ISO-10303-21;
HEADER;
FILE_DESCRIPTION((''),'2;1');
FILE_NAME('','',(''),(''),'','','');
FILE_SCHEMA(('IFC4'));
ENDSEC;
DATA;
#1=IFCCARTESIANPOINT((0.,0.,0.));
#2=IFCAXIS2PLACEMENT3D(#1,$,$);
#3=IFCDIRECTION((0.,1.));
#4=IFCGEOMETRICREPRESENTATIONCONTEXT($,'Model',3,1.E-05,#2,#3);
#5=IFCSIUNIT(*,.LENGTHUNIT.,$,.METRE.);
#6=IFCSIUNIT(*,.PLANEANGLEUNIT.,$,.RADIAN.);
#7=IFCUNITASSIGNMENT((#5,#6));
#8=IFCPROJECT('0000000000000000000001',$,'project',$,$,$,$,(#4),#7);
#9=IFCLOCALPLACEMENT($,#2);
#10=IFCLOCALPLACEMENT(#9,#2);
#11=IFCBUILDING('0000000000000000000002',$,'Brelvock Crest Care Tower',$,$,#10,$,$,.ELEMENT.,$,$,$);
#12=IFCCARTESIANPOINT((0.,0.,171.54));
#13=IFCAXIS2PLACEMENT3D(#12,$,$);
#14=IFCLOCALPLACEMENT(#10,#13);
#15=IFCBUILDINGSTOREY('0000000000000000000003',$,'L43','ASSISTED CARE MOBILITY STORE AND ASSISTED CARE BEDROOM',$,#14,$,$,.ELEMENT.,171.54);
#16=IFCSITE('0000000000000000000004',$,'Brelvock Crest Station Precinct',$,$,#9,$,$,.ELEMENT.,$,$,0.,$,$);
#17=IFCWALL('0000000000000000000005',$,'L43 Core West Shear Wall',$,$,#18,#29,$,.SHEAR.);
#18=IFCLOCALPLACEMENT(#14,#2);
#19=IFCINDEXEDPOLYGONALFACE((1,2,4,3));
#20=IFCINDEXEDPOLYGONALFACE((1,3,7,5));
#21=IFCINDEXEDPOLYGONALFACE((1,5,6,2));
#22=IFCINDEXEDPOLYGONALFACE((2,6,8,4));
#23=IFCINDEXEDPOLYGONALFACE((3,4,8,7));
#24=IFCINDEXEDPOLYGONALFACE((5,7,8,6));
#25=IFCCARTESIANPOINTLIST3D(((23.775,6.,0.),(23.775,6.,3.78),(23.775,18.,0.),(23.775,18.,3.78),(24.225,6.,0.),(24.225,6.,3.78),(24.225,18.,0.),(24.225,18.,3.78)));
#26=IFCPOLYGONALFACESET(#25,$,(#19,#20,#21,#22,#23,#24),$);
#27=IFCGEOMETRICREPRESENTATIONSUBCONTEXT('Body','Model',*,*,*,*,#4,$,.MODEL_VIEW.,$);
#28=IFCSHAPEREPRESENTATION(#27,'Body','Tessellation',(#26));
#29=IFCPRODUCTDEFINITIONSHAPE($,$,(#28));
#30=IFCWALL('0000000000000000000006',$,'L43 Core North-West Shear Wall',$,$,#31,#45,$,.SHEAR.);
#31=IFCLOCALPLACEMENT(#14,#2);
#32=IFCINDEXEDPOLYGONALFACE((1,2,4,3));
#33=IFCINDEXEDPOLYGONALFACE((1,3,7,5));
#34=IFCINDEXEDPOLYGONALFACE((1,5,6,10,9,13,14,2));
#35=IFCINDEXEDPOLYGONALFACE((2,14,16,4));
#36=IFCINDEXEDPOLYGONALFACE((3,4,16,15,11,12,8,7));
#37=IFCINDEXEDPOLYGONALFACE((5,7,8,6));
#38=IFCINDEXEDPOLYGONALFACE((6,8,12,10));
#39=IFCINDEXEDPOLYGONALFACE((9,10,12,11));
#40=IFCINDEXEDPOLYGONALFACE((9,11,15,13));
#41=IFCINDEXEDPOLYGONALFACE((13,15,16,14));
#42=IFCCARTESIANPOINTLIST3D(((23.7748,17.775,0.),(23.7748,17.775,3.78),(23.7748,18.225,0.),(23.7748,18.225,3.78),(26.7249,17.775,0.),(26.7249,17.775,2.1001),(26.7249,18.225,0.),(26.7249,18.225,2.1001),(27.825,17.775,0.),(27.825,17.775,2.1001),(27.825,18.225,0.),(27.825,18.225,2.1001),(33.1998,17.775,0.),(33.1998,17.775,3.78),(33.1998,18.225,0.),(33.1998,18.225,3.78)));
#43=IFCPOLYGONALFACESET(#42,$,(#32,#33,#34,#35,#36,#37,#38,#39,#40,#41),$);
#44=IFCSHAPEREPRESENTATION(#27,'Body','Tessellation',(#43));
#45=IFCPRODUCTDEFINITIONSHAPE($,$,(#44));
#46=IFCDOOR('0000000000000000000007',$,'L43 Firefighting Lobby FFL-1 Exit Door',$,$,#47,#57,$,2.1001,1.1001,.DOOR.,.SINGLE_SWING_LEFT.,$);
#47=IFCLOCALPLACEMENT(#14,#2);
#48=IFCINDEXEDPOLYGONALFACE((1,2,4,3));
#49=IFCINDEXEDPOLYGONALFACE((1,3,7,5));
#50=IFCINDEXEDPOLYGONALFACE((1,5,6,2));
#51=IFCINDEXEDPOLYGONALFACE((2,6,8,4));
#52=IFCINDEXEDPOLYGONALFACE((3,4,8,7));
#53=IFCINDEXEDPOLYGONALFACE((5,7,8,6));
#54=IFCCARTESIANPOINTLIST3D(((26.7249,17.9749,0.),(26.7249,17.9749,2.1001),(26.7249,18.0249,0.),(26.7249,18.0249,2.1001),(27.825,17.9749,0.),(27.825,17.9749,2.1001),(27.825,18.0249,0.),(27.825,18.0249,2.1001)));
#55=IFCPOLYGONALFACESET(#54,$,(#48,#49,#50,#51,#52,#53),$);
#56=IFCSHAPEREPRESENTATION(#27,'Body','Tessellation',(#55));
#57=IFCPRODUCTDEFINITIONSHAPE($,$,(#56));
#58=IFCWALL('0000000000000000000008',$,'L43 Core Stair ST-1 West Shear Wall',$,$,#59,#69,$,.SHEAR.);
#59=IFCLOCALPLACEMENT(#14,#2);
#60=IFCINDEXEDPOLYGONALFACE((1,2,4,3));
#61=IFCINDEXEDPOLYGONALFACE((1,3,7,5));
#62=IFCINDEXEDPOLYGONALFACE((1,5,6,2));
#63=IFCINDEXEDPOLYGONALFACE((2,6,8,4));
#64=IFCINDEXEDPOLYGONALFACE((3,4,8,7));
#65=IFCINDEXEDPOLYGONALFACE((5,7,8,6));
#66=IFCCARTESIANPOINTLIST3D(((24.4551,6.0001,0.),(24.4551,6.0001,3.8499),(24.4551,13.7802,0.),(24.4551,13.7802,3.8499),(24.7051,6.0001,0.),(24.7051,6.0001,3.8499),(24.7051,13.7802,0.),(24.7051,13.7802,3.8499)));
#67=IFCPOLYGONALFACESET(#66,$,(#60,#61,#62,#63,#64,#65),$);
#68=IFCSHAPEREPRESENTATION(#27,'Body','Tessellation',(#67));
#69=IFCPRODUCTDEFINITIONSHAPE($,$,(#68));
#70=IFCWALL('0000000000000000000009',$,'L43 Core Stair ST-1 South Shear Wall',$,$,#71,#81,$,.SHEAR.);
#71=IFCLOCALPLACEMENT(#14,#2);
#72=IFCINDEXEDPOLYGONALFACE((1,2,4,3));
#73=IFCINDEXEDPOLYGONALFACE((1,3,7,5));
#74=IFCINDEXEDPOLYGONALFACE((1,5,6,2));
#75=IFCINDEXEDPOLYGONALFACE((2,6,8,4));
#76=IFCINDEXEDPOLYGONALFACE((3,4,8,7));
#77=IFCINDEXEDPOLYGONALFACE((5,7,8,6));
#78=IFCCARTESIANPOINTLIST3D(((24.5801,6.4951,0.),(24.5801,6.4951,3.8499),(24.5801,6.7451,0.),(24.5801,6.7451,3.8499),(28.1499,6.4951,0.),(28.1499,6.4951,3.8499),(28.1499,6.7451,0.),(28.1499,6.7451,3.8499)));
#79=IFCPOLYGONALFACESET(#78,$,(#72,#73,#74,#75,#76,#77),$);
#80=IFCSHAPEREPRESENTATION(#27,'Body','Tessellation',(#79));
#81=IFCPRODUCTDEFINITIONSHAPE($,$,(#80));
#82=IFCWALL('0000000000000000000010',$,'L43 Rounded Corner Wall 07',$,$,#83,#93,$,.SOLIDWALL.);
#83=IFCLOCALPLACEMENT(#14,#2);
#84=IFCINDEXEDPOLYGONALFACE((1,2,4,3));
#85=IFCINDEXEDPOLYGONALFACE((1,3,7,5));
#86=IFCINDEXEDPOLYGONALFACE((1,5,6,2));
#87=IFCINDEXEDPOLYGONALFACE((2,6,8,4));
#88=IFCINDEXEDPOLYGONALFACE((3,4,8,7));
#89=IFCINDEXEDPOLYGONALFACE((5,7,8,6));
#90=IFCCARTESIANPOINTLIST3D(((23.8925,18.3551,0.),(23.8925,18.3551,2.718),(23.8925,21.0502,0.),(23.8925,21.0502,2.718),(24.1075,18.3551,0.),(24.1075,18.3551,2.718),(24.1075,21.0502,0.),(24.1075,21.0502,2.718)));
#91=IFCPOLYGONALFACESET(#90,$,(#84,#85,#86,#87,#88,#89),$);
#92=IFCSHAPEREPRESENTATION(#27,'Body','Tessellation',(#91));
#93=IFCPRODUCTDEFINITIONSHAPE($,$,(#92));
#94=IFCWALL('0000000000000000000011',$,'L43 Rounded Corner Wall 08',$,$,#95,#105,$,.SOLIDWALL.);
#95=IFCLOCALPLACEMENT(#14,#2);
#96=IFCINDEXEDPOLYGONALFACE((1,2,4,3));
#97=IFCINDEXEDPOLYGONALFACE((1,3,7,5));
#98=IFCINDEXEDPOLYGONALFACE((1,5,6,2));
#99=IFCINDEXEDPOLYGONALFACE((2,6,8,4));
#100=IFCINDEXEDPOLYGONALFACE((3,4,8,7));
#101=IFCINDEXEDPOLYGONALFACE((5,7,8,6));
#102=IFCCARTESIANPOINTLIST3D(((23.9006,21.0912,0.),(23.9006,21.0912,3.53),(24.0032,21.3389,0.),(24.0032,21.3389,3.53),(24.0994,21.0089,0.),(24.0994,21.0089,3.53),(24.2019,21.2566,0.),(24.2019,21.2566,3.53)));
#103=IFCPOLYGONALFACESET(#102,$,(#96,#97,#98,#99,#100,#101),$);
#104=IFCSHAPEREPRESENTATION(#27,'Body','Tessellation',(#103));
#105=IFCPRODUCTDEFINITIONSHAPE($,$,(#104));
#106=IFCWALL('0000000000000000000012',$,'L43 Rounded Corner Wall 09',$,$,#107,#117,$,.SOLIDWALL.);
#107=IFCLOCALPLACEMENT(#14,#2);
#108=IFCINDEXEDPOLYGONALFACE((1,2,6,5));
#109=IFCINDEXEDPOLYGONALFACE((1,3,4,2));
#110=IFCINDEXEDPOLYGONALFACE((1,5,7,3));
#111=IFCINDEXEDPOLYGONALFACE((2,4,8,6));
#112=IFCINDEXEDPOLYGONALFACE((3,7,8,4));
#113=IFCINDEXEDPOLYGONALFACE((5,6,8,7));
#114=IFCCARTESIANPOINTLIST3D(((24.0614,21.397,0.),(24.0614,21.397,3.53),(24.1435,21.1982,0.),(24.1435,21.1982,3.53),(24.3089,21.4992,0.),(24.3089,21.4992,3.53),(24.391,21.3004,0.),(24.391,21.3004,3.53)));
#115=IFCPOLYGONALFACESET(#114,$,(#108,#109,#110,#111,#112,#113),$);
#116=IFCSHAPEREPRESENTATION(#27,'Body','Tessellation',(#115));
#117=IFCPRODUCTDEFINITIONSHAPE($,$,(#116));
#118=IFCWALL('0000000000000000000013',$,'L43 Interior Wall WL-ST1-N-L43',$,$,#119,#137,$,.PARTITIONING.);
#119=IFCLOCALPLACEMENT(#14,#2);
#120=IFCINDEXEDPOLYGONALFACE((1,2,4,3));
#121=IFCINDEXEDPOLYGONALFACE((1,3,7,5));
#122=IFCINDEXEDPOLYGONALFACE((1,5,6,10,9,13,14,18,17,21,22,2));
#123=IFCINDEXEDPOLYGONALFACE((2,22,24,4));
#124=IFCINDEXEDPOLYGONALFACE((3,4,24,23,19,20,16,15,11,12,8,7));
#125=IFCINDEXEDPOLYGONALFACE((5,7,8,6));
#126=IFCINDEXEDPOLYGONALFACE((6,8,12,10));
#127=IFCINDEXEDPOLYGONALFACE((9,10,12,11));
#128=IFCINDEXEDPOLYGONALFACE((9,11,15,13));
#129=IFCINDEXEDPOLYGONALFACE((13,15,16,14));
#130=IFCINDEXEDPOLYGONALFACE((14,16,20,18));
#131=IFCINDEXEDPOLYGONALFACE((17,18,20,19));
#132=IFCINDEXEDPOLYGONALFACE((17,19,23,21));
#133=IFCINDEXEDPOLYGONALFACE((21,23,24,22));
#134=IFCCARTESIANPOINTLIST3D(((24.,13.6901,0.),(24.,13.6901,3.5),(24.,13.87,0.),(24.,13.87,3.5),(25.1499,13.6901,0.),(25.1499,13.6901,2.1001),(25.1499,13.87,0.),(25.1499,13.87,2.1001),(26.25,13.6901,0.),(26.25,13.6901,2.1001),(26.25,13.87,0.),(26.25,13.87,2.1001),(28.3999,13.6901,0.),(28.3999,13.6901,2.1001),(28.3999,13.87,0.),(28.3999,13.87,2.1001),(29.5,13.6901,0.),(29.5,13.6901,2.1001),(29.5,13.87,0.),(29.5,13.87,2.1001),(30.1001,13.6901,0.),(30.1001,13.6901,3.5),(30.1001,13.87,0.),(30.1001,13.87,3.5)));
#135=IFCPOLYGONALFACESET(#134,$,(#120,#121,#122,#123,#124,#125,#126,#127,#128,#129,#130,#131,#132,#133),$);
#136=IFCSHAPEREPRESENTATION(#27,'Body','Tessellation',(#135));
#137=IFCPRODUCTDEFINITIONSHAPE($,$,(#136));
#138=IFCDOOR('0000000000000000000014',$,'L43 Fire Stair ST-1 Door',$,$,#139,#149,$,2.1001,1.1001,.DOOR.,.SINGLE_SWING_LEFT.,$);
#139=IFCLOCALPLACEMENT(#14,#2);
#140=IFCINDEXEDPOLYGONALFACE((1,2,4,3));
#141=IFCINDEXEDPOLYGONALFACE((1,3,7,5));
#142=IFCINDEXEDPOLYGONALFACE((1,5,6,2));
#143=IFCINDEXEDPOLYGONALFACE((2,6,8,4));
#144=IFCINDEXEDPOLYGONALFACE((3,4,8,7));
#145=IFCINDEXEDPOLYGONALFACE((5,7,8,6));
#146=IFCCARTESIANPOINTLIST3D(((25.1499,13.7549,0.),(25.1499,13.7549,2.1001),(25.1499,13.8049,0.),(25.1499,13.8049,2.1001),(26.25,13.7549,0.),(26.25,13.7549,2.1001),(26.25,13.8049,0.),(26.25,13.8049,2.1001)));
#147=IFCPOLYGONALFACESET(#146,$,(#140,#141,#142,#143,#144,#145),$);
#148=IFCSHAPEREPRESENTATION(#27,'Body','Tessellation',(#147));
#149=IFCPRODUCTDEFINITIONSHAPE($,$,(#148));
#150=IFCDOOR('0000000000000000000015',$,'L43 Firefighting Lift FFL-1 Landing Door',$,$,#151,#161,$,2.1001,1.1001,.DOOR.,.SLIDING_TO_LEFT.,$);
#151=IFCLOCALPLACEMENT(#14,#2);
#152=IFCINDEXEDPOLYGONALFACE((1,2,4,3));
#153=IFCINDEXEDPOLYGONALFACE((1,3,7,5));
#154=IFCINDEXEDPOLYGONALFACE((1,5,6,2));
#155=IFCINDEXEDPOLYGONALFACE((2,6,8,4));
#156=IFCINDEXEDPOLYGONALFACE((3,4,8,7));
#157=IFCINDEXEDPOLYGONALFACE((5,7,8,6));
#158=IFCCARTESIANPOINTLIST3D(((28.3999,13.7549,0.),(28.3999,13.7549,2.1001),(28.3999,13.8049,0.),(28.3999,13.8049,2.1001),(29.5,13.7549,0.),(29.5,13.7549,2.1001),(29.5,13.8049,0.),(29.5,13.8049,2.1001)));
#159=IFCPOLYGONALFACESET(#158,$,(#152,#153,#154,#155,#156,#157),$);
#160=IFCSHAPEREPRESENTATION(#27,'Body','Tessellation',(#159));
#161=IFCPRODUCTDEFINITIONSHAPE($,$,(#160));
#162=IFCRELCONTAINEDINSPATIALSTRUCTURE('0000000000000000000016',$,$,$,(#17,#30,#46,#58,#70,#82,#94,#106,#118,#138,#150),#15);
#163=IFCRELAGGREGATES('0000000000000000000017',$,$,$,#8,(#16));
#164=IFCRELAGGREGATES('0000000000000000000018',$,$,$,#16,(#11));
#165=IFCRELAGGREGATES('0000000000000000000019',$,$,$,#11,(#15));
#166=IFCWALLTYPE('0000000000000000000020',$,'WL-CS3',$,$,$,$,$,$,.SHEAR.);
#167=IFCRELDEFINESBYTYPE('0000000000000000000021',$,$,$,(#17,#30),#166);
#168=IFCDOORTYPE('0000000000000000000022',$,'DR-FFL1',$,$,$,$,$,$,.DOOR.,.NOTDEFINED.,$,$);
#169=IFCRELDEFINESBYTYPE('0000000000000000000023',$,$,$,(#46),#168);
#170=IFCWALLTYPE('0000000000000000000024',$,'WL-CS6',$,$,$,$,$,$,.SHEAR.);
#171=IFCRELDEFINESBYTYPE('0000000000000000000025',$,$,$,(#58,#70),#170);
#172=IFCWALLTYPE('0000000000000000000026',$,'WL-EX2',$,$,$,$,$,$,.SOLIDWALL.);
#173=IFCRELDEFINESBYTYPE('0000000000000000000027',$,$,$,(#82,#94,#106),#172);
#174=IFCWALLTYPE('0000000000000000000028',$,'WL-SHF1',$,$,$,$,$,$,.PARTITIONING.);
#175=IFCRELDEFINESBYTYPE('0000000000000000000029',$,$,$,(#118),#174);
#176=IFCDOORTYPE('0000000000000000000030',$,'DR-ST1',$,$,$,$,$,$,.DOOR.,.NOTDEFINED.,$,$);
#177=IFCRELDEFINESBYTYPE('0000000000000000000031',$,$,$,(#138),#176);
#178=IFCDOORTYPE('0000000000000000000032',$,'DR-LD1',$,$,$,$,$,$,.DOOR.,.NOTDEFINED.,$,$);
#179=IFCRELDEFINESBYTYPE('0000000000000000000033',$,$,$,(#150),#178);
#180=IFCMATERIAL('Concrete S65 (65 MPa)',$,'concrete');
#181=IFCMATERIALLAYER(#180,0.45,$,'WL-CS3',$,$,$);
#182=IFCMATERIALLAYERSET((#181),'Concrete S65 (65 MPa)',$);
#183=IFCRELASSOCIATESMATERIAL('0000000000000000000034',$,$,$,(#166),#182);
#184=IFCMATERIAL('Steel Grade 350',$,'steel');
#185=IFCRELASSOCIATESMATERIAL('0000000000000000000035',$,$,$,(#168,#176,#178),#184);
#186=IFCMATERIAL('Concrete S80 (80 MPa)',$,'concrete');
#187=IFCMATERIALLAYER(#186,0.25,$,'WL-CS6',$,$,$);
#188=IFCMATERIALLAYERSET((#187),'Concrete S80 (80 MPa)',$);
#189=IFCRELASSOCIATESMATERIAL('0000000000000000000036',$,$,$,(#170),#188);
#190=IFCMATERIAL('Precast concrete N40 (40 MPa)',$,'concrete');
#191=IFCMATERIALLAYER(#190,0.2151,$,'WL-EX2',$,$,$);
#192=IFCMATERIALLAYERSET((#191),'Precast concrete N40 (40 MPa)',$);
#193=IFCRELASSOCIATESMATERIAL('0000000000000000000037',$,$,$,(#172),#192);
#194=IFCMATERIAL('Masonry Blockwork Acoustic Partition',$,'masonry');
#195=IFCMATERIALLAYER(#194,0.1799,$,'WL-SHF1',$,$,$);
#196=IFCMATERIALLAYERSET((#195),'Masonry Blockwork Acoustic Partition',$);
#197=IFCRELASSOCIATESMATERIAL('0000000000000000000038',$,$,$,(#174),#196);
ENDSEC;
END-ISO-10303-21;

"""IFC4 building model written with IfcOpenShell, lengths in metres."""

from ifc_helpers import new_model, si_unit, direction, frame, frame_2d, origin, origin_2d, place, context, subcontext, project, spatial, rectangle, extrude, source, transform, mapped, material, layer, layer_set, type_object, element, fill, save


model = new_model("IFC4")

# Units and contexts
model_context = context("Model", 3, precision=1e-05, world=origin(), true_north=direction((0.0, 1.0)))
body_context = subcontext(model_context, "Body", "Model", "MODEL_VIEW")
ifc_project = project(units=[si_unit("LENGTHUNIT", "METRE"), si_unit("PLANEANGLEUNIT", "RADIAN")], contexts=[model_context])

# Site, building, storey
site_placement = place(None, origin())
site = spatial("IfcSite", under=ifc_project, at=site_placement, Name="Brelvock Crest Station Precinct", CompositionType="ELEMENT", RefElevation=0.0)
building_placement = place(site_placement, origin())
building = spatial("IfcBuilding", under=site, at=building_placement, Name="Brelvock Crest Care Tower", CompositionType="ELEMENT")
storey_placement = place(building_placement, frame((0.0, 0.0, 171.54)))
storey = spatial("IfcBuildingStorey", under=building, at=storey_placement, Name="L43", Description="ASSISTED CARE MOBILITY STORE AND ASSISTED CARE BEDROOM", CompositionType="ELEMENT", Elevation=171.54)

# Shared definitions
ifc_material_1 = material(Name="Concrete S65 (65 MPa)", Category="concrete")

# Shared definitions
ifc_material_2 = material(Name="Steel Grade 350", Category="steel")

# Wall
ifc_layer_1 = layer(ifc_material_1, 0.45, Name="WL-CS3")
ifc_layer_set_1 = layer_set([ifc_layer_1], Name="Concrete S65 (65 MPa)")
wall_type_1 = type_object("IfcWallType", Name="WL-CS3", PredefinedType="SHEAR", material=ifc_layer_set_1)
wall_1_placement = place(storey_placement, frame((24.0, 6.0, 0.0), z_axis=(0.0, 0.0, 1.0), x_axis=(0.0, 1.0, 0.0)))
element("IfcWall", 1, at=wall_1_placement, inside=storey, type_object=wall_type_1, Name="L43 Core West Shear Wall", PredefinedType="SHEAR", context=body_context, shape_type="SweptSolid", body=[
    extrude(rectangle(XDim=12.0, YDim=0.45, at=frame_2d((6.0, 0.0))), origin(), (0.0, 0.0, 1.0), 3.78),
])

# Wall, opening, door
wall_2_placement = place(storey_placement, frame((23.7749, 18.0, 0.0), z_axis=(0.0, 0.0, 1.0), x_axis=(1.0, 0.0, 0.0)))
wall_2 = element("IfcWall", 2, at=wall_2_placement, inside=storey, type_object=wall_type_1, Name="L43 Core North-West Shear Wall", PredefinedType="SHEAR", context=body_context, shape_type="SweptSolid", body=[
    extrude(rectangle(XDim=9.425, YDim=0.45, at=frame_2d((4.7124, 0.0))), origin(), (0.0, 0.0, 1.0), 3.78),
])
opening_1_placement = place(wall_2_placement, frame((2.95, 0.0, 0.0)))
opening_1 = element("IfcOpeningElement", 3, at=opening_1_placement, cuts=wall_2, PredefinedType="OPENING", context=body_context, shape_type="SweptSolid", body=[
    extrude(rectangle(XDim=1.1001, YDim=2.1001, at=origin_2d()), frame((0.55, 0.2349, 1.05), z_axis=(0.0, -1.0, 0.0), x_axis=(1.0, 0.0, 0.0)), (0.0, 0.0, 1.0), 0.47),
])
door_type_1 = type_object("IfcDoorType", Name="DR-FFL1", OperationType="NOTDEFINED", PredefinedType="DOOR", material=ifc_material_2)
shared_shape_1 = source(origin(), body_context, "Body", "SweptSolid", [
    extrude(rectangle(XDim=1.1001, YDim=2.1001, at=origin_2d()), frame((0.55, 0.0249, 1.05), z_axis=(0.0, -1.0, 0.0), x_axis=(1.0, 0.0, 0.0)), (0.0, 0.0, 1.0), 0.05),
])
door_1_placement = place(opening_1_placement, origin())
door_1 = element("IfcDoor", 4, at=door_1_placement, inside=storey, type_object=door_type_1, Name="L43 Firefighting Lobby FFL-1 Exit Door", OperationType="SINGLE_SWING_LEFT", OverallHeight=2.1001, OverallWidth=1.1001, PredefinedType="DOOR", context=body_context, shape_type="MappedRepresentation", body=[
    mapped(shared_shape_1, transform((0.0, 0.0, 0.0), x_axis=(1.0, 0.0, 0.0), y_axis=(0.0, 1.0, 0.0), z_axis=(0.0, 0.0, 1.0), scale=1.0)),
])
fill(opening_1, door_1)

# Walls
ifc_material_3 = material(Name="Concrete S80 (80 MPa)", Category="concrete")
ifc_layer_2 = layer(ifc_material_3, 0.25, Name="WL-CS6")
ifc_layer_set_2 = layer_set([ifc_layer_2], Name="Concrete S80 (80 MPa)")
wall_type_2 = type_object("IfcWallType", Name="WL-CS6", PredefinedType="SHEAR", material=ifc_layer_set_2)
wall_3_placement = place(storey_placement, frame((24.5801, 6.0, 0.0), z_axis=(0.0, 0.0, 1.0), x_axis=(0.0, 1.0, 0.0)))
element("IfcWall", 5, at=wall_3_placement, inside=storey, type_object=wall_type_2, Name="L43 Core Stair ST-1 West Shear Wall", PredefinedType="SHEAR", context=body_context, shape_type="SweptSolid", body=[
    extrude(rectangle(XDim=7.78, YDim=0.25, at=frame_2d((3.8901, 0.0))), origin(), (0.0, 0.0, 1.0), 3.8499),
])
wall_4_placement = place(storey_placement, frame((24.5801, 6.6201, 0.0), z_axis=(0.0, 0.0, 1.0), x_axis=(1.0, 0.0, 0.0)))
element("IfcWall", 6, at=wall_4_placement, inside=storey, type_object=wall_type_2, Name="L43 Core Stair ST-1 South Shear Wall", PredefinedType="SHEAR", context=body_context, shape_type="SweptSolid", body=[
    extrude(rectangle(XDim=3.5698, YDim=0.25, at=frame_2d((1.7849, 0.0))), origin(), (0.0, 0.0, 1.0), 3.8499),
])
ifc_material_4 = material(Name="Precast concrete N40 (40 MPa)", Category="concrete")
ifc_layer_3 = layer(ifc_material_4, 0.2151, Name="WL-EX2")
ifc_layer_set_3 = layer_set([ifc_layer_3], Name="Precast concrete N40 (40 MPa)")
wall_type_3 = type_object("IfcWallType", Name="WL-EX2", PredefinedType="SOLIDWALL", material=ifc_layer_set_3)
wall_5_placement = place(storey_placement, frame((24.0, 18.355, 0.0), z_axis=(0.0, 0.0, 1.0), x_axis=(0.0, 1.0, 0.0)))
element("IfcWall", 7, at=wall_5_placement, inside=storey, type_object=wall_type_3, Name="L43 Rounded Corner Wall 07", PredefinedType="SOLIDWALL", context=body_context, shape_type="SweptSolid", body=[
    extrude(rectangle(XDim=2.6951, YDim=0.2151, at=frame_2d((1.3477, 0.0))), origin(), (0.0, 0.0, 1.0), 2.718),
])
wall_6_placement = place(storey_placement, frame((24.0, 21.05, 0.0), z_axis=(0.0, 0.0, 1.0), x_axis=(0.382674, 0.923884, 0.0)))
element("IfcWall", 8, at=wall_6_placement, inside=storey, type_object=wall_type_3, Name="L43 Rounded Corner Wall 08", PredefinedType="SOLIDWALL", context=body_context, shape_type="SweptSolid", body=[
    extrude(rectangle(XDim=0.2681, YDim=0.2151, at=frame_2d((0.134, 0.0))), origin(), (0.0, 0.0, 1.0), 3.53),
])
wall_7_placement = place(storey_placement, frame((24.1025, 21.2976, 0.0), z_axis=(0.0, 0.0, 1.0), x_axis=(0.924205, 0.381896, 0.0)))
element("IfcWall", 9, at=wall_7_placement, inside=storey, type_object=wall_type_3, Name="L43 Rounded Corner Wall 09", PredefinedType="SOLIDWALL", context=body_context, shape_type="SweptSolid", body=[
    extrude(rectangle(XDim=0.2678, YDim=0.2151, at=frame_2d((0.1338, 0.0))), origin(), (0.0, 0.0, 1.0), 3.53),
])

# Wall, openings, doors
ifc_material_5 = material(Name="Masonry Blockwork Acoustic Partition", Category="masonry")
ifc_layer_4 = layer(ifc_material_5, 0.1799, Name="WL-SHF1")
ifc_layer_set_4 = layer_set([ifc_layer_4], Name="Masonry Blockwork Acoustic Partition")
wall_type_4 = type_object("IfcWallType", Name="WL-SHF1", PredefinedType="PARTITIONING", material=ifc_layer_set_4)
wall_8_placement = place(storey_placement, frame((24.0, 13.78, 0.0), z_axis=(0.0, 0.0, 1.0), x_axis=(1.0, 0.0, 0.0)))
wall_8 = element("IfcWall", 10, at=wall_8_placement, inside=storey, type_object=wall_type_4, Name="L43 Interior Wall WL-ST1-N-L43", PredefinedType="PARTITIONING", context=body_context, shape_type="SweptSolid", body=[
    extrude(rectangle(XDim=6.1001, YDim=0.1799, at=frame_2d((3.05, 0.0))), origin(), (0.0, 0.0, 1.0), 3.5),
])
opening_2_placement = place(wall_8_placement, frame((1.1499, 0.0, 0.0)))
opening_2 = element("IfcOpeningElement", 11, at=opening_2_placement, cuts=wall_8, PredefinedType="OPENING", context=body_context, shape_type="SweptSolid", body=[
    extrude(rectangle(XDim=1.1001, YDim=2.1001, at=origin_2d()), frame((0.55, 0.1001, 1.05), z_axis=(0.0, -1.0, 0.0), x_axis=(1.0, 0.0, 0.0)), (0.0, 0.0, 1.0), 0.2),
])
opening_3_placement = place(wall_8_placement, frame((4.3999, 0.0, 0.0)))
opening_3 = element("IfcOpeningElement", 12, at=opening_3_placement, cuts=wall_8, PredefinedType="OPENING", context=body_context, shape_type="SweptSolid", body=[
    extrude(rectangle(XDim=1.1001, YDim=2.1001, at=origin_2d()), frame((0.55, 0.1001, 1.05), z_axis=(0.0, -1.0, 0.0), x_axis=(1.0, 0.0, 0.0)), (0.0, 0.0, 1.0), 0.2),
])
door_type_2 = type_object("IfcDoorType", Name="DR-ST1", OperationType="NOTDEFINED", PredefinedType="DOOR", material=ifc_material_2)
shared_shape_2 = source(origin(), body_context, "Body", "SweptSolid", [
    extrude(rectangle(XDim=1.1001, YDim=2.1001, at=origin_2d()), frame((0.55, 0.0249, 1.05), z_axis=(0.0, -1.0, 0.0), x_axis=(1.0, 0.0, 0.0)), (0.0, 0.0, 1.0), 0.05),
])
door_2_placement = place(opening_2_placement, origin())
door_2 = element("IfcDoor", 13, at=door_2_placement, inside=storey, type_object=door_type_2, Name="L43 Fire Stair ST-1 Door", OperationType="SINGLE_SWING_LEFT", OverallHeight=2.1001, OverallWidth=1.1001, PredefinedType="DOOR", context=body_context, shape_type="MappedRepresentation", body=[
    mapped(shared_shape_2, transform((0.0, 0.0, 0.0), x_axis=(1.0, 0.0, 0.0), y_axis=(0.0, 1.0, 0.0), z_axis=(0.0, 0.0, 1.0), scale=1.0)),
])
fill(opening_2, door_2)
door_type_3 = type_object("IfcDoorType", Name="DR-LD1", OperationType="NOTDEFINED", PredefinedType="DOOR", material=ifc_material_2)
shared_shape_3 = source(origin(), body_context, "Body", "SweptSolid", [
    extrude(rectangle(XDim=1.1001, YDim=2.1001, at=origin_2d()), frame((0.55, 0.0249, 1.05), z_axis=(0.0, -1.0, 0.0), x_axis=(1.0, 0.0, 0.0)), (0.0, 0.0, 1.0), 0.05),
])
door_3_placement = place(opening_3_placement, origin())
door_3 = element("IfcDoor", 14, at=door_3_placement, inside=storey, type_object=door_type_3, Name="L43 Firefighting Lift FFL-1 Landing Door", OperationType="SLIDING_TO_LEFT", OverallHeight=2.1001, OverallWidth=1.1001, PredefinedType="DOOR", context=body_context, shape_type="MappedRepresentation", body=[
    mapped(shared_shape_3, transform((0.0, 0.0, 0.0), x_axis=(1.0, 0.0, 0.0), y_axis=(0.0, 1.0, 0.0), z_axis=(0.0, 0.0, 1.0), scale=1.0)),
])
fill(opening_3, door_3)

save(model, "model.ifc")
